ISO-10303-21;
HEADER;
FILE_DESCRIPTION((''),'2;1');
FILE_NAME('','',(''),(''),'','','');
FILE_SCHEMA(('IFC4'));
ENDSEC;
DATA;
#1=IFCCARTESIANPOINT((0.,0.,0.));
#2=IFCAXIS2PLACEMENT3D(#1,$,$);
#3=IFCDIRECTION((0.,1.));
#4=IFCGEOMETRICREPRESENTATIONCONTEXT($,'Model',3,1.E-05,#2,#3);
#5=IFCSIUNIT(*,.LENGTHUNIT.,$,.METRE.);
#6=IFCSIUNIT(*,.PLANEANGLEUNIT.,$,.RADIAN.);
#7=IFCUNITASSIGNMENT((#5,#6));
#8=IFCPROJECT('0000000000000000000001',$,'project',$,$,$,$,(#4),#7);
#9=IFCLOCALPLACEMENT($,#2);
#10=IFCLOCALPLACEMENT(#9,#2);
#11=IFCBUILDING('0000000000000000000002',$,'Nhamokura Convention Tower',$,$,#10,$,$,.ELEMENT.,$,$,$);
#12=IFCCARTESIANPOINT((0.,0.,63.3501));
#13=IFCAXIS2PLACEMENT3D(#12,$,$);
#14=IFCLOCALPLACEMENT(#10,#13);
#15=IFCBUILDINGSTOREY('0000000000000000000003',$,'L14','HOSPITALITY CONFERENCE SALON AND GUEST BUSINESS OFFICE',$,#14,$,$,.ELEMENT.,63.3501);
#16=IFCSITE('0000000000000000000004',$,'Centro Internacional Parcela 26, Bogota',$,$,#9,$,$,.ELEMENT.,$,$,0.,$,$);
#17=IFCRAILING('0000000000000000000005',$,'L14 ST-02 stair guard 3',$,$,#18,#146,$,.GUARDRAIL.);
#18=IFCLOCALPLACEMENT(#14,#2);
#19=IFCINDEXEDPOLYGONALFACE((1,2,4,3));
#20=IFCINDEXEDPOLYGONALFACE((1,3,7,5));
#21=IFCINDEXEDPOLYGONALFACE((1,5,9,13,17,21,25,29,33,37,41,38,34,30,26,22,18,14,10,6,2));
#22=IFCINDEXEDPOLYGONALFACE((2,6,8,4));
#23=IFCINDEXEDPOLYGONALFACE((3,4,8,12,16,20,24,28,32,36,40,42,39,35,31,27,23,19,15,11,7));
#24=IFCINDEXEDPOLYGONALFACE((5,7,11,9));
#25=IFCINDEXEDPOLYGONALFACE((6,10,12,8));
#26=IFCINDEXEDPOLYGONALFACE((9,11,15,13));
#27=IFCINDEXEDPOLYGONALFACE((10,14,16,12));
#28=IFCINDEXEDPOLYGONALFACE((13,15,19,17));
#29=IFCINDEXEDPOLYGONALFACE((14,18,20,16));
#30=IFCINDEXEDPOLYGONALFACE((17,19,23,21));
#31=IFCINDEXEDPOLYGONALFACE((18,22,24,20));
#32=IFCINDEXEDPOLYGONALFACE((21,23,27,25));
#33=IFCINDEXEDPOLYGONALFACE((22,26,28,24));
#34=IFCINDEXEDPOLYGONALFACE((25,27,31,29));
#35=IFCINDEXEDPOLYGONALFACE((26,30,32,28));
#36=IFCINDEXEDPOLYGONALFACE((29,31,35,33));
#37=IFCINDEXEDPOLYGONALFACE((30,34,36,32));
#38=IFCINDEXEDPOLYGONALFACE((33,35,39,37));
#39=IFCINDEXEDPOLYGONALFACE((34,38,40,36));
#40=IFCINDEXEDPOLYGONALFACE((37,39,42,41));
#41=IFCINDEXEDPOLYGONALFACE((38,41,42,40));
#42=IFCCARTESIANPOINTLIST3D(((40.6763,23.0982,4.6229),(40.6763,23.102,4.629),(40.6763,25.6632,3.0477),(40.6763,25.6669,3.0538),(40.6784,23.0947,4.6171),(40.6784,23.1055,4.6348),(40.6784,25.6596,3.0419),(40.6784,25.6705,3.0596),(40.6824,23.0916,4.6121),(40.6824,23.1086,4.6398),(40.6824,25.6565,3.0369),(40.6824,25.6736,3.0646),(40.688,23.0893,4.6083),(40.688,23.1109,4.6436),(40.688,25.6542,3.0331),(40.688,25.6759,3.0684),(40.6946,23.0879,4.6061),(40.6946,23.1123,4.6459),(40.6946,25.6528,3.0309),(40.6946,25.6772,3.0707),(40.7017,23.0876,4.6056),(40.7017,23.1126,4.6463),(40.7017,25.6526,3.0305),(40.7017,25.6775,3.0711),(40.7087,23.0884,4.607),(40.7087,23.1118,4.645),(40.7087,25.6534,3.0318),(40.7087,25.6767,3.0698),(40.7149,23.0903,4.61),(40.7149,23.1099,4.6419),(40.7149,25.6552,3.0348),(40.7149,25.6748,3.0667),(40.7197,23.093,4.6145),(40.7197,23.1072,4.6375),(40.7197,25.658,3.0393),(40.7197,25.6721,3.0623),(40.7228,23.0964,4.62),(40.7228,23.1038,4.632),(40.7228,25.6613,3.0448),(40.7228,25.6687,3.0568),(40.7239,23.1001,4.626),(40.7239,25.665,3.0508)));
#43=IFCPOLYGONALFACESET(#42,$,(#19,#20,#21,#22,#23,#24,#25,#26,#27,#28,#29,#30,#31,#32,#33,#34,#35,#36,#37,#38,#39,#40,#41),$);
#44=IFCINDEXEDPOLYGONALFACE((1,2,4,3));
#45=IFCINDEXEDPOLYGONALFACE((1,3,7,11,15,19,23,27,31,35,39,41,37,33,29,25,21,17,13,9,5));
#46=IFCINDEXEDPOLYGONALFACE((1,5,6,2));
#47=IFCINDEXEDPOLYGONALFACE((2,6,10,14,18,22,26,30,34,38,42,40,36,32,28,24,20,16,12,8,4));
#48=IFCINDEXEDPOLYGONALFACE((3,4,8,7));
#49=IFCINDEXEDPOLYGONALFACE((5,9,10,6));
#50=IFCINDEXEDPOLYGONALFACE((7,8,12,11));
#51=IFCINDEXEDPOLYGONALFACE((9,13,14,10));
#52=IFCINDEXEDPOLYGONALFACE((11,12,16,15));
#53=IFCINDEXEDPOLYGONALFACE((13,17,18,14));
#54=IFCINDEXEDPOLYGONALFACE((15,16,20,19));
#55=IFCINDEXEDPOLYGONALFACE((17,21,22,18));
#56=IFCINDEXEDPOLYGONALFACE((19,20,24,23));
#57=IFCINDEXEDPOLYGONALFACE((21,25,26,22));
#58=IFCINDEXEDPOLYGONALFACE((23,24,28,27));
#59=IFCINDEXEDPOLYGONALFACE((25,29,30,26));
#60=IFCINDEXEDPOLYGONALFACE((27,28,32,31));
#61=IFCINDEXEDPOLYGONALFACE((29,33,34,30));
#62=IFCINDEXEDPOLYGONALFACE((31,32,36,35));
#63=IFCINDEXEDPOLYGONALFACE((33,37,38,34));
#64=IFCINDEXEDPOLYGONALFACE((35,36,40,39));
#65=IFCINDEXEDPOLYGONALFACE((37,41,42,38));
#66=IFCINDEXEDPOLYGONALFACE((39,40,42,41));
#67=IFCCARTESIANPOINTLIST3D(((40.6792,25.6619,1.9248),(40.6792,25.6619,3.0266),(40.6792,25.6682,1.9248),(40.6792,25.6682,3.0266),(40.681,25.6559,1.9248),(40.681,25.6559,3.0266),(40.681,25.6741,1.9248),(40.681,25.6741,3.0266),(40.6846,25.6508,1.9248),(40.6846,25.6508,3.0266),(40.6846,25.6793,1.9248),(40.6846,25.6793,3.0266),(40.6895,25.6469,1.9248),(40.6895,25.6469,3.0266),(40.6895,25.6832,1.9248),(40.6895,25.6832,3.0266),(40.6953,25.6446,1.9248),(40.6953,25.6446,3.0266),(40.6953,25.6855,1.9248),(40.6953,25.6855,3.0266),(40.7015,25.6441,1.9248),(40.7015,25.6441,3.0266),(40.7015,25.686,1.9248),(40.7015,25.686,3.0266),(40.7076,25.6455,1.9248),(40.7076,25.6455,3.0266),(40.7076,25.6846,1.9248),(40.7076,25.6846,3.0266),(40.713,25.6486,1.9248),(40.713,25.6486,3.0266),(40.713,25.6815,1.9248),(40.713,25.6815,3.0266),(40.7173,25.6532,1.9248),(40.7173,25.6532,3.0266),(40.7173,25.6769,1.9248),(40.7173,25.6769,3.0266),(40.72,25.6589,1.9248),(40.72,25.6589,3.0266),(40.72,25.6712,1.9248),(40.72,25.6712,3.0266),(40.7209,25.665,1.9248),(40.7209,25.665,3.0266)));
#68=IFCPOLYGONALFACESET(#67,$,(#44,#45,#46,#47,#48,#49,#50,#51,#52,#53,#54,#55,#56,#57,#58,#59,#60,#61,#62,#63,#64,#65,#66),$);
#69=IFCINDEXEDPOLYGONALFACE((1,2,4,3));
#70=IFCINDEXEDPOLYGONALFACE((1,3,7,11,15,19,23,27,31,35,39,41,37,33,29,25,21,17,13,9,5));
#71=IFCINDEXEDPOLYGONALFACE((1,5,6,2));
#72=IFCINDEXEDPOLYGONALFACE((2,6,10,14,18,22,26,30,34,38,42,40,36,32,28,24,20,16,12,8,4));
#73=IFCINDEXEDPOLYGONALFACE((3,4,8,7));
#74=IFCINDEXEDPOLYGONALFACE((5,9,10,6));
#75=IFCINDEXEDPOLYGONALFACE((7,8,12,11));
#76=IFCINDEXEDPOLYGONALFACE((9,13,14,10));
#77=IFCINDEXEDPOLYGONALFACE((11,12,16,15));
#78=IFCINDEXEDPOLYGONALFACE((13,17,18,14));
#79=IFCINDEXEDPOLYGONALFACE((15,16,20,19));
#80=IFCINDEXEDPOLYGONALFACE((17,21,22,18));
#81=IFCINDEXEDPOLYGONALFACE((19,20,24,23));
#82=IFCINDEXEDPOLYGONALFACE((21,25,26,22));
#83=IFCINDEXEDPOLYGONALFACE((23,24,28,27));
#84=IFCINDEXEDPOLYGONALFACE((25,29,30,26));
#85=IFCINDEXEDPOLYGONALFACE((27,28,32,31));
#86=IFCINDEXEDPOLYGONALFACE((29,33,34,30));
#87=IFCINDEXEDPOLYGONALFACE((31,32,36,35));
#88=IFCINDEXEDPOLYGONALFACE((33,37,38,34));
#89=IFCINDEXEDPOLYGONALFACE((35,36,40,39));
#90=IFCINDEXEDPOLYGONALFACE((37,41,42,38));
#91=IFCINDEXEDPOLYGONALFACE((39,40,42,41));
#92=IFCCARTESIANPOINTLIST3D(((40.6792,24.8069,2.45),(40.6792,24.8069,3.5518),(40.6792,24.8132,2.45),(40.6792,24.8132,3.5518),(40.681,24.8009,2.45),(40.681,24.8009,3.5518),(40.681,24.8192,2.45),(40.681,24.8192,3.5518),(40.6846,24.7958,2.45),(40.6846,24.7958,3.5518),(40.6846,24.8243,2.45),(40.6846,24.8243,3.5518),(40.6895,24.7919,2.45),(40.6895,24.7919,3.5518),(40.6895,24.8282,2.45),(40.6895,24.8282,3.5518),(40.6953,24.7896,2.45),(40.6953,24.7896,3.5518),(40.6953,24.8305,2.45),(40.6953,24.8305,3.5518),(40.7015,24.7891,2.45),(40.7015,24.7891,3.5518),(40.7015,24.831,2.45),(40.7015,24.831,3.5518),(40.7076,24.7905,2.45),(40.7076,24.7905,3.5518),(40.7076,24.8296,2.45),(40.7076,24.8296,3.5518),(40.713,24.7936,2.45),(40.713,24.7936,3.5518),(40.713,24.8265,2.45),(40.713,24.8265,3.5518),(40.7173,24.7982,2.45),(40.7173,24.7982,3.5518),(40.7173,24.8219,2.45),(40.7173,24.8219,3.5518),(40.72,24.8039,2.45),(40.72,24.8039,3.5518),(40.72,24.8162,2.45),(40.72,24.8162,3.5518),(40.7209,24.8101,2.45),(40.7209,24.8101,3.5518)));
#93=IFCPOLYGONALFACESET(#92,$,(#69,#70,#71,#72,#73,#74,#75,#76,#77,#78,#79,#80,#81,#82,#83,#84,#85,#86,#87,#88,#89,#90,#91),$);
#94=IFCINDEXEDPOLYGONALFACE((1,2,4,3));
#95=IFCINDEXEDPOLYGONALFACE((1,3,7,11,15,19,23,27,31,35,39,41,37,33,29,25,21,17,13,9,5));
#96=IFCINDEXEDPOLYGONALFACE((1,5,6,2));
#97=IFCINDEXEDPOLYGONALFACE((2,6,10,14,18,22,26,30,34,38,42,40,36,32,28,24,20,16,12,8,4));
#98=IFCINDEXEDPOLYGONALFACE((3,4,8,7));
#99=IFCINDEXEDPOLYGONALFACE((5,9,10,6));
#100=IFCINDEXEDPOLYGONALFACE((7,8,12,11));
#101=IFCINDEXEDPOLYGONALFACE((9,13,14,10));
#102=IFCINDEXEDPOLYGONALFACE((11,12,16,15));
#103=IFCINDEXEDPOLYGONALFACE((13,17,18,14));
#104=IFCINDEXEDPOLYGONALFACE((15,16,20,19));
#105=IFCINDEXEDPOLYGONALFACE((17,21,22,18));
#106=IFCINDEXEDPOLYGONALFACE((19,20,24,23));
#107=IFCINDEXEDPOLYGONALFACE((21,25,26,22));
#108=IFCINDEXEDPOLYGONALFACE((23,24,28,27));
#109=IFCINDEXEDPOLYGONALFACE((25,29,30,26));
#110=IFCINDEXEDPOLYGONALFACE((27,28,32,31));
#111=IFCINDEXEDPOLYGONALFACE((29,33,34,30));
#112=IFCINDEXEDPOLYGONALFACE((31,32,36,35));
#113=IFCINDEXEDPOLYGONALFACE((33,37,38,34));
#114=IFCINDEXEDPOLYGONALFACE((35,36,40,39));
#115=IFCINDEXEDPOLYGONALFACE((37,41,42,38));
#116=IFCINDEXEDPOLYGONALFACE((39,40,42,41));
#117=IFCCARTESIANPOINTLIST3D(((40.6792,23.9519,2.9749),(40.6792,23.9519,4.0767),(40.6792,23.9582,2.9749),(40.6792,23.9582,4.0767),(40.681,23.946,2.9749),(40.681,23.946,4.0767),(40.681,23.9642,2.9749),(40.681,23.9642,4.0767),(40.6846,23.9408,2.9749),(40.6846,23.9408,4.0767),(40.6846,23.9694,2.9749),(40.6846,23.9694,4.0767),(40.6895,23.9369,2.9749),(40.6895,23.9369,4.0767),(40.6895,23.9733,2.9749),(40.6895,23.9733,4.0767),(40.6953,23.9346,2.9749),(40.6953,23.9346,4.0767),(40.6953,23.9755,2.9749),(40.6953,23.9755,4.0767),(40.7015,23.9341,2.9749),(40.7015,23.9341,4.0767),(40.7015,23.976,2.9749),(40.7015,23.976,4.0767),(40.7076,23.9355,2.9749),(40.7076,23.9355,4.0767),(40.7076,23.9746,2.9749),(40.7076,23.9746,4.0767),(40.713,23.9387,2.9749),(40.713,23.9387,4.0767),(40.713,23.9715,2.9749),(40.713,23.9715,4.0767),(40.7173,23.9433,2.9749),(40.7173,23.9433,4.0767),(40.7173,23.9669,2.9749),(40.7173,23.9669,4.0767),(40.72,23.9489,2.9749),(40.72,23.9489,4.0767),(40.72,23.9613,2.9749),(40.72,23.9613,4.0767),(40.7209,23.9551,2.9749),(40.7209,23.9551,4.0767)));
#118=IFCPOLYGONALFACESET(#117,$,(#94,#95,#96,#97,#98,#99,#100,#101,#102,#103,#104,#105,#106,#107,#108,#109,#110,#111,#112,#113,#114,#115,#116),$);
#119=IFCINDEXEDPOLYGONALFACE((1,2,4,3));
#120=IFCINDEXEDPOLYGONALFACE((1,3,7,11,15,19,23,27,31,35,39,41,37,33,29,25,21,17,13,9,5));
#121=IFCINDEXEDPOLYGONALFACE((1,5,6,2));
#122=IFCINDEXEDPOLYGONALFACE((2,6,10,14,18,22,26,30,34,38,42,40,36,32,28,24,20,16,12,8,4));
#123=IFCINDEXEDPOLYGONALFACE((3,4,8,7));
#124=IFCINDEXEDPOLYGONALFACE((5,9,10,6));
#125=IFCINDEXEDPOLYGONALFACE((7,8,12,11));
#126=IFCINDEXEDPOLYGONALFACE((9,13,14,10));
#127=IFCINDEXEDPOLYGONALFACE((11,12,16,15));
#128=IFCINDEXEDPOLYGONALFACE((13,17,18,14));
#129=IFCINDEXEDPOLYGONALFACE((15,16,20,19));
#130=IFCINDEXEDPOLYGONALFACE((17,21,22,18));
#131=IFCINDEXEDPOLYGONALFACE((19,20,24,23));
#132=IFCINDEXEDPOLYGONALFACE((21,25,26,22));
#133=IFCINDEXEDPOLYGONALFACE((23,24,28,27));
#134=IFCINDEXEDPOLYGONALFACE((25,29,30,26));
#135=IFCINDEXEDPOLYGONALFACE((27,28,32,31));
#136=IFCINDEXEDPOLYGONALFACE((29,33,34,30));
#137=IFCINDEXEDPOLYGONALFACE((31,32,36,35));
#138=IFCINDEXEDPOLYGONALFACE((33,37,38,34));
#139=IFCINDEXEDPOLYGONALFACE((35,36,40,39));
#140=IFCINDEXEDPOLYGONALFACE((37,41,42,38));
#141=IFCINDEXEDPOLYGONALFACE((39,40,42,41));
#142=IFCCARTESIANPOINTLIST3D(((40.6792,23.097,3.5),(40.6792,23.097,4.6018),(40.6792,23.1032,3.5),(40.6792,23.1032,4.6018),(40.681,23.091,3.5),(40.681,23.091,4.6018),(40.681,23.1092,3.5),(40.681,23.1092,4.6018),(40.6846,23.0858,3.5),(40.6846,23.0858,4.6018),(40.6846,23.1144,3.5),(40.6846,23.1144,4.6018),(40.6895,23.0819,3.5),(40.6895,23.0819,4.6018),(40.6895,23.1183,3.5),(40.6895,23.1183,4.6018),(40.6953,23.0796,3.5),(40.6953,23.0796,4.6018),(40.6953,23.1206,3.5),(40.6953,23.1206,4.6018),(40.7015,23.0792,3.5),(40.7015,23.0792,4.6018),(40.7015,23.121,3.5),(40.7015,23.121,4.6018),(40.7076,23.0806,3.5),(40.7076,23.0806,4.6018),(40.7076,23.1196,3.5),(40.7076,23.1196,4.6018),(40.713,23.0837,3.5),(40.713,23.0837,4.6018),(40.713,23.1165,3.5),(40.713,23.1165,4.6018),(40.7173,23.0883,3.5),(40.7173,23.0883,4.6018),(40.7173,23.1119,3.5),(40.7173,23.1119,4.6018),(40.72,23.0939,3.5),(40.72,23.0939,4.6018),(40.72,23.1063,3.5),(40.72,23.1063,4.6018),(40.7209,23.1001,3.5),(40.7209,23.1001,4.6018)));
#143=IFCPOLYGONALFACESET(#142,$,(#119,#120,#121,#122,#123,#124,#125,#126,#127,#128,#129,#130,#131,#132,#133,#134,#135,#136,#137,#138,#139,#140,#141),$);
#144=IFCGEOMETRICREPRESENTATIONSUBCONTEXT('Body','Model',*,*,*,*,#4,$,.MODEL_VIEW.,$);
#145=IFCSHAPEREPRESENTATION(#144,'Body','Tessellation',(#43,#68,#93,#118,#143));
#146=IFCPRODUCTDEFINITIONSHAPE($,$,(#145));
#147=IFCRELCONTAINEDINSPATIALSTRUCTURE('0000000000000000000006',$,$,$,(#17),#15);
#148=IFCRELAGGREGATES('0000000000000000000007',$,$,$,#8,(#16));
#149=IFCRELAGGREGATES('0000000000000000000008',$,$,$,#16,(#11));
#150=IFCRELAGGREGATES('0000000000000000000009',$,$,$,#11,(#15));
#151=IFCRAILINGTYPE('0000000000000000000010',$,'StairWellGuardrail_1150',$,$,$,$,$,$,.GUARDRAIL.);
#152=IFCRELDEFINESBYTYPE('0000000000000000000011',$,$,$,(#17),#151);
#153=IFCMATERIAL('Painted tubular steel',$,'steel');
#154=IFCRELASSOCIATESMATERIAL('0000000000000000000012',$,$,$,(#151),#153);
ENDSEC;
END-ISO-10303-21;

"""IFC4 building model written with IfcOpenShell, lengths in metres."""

from ifc_helpers import new_model, si_unit, direction, frame, origin, origin_2d, place, context, subcontext, project, spatial, circle, extrude, material, type_object, element, save


model = new_model("IFC4")

# Units and contexts
model_context = context("Model", 3, precision=1e-05, world=origin(), true_north=direction((0.0, 1.0)))
body_context = subcontext(model_context, "Body", "Model", "MODEL_VIEW")
ifc_project = project(units=[si_unit("LENGTHUNIT", "METRE"), si_unit("PLANEANGLEUNIT", "RADIAN")], contexts=[model_context])

# Site, building, storey
site_placement = place(None, origin())
site = spatial("IfcSite", under=ifc_project, at=site_placement, Name="Centro Internacional Parcela 26, Bogota", CompositionType="ELEMENT", RefElevation=0.0)
building_placement = place(site_placement, origin())
building = spatial("IfcBuilding", under=site, at=building_placement, Name="Nhamokura Convention Tower", CompositionType="ELEMENT")
storey_placement = place(building_placement, frame((0.0, 0.0, 63.3501)))
storey = spatial("IfcBuildingStorey", under=building, at=storey_placement, Name="L14", Description="HOSPITALITY CONFERENCE SALON AND GUEST BUSINESS OFFICE", CompositionType="ELEMENT", Elevation=63.3501)

# Railing
ifc_material_1 = material(Name="Painted tubular steel", Category="steel")
railing_type_1 = type_object("IfcRailingType", Name="StairWellGuardrail_1150", PredefinedType="GUARDRAIL", material=ifc_material_1)
railing_1_placement = place(storey_placement, frame((40.7, 25.665, 1.9248)))
element("IfcRailing", 1, at=railing_1_placement, inside=storey, type_object=railing_type_1, Name="L14 ST-02 stair guard 3", PredefinedType="GUARDRAIL", context=body_context, shape_type="SweptSolid", body=[
    extrude(circle(Radius=0.0239, at=origin_2d()), frame((0.0, 0.0, 1.126), z_axis=(0.0, -0.852137, 0.523319), x_axis=(1.0, 0.0, 0.0)), (0.0, 0.0, 1.0), 3.01),
    extrude(circle(Radius=0.021, at=origin_2d()), origin(), (0.0, 0.0, 1.0), 1.1018),
    extrude(circle(Radius=0.021, at=origin_2d()), frame((0.0, -0.855, 0.5251)), (0.0, 0.0, 1.0), 1.1018),
    extrude(circle(Radius=0.021, at=origin_2d()), frame((0.0, -1.71, 1.05)), (0.0, 0.0, 1.0), 1.1018),
    extrude(circle(Radius=0.021, at=origin_2d()), frame((0.0, -2.5649, 1.5752)), (0.0, 0.0, 1.0), 1.1018),
])

save(model, "model.ifc")
